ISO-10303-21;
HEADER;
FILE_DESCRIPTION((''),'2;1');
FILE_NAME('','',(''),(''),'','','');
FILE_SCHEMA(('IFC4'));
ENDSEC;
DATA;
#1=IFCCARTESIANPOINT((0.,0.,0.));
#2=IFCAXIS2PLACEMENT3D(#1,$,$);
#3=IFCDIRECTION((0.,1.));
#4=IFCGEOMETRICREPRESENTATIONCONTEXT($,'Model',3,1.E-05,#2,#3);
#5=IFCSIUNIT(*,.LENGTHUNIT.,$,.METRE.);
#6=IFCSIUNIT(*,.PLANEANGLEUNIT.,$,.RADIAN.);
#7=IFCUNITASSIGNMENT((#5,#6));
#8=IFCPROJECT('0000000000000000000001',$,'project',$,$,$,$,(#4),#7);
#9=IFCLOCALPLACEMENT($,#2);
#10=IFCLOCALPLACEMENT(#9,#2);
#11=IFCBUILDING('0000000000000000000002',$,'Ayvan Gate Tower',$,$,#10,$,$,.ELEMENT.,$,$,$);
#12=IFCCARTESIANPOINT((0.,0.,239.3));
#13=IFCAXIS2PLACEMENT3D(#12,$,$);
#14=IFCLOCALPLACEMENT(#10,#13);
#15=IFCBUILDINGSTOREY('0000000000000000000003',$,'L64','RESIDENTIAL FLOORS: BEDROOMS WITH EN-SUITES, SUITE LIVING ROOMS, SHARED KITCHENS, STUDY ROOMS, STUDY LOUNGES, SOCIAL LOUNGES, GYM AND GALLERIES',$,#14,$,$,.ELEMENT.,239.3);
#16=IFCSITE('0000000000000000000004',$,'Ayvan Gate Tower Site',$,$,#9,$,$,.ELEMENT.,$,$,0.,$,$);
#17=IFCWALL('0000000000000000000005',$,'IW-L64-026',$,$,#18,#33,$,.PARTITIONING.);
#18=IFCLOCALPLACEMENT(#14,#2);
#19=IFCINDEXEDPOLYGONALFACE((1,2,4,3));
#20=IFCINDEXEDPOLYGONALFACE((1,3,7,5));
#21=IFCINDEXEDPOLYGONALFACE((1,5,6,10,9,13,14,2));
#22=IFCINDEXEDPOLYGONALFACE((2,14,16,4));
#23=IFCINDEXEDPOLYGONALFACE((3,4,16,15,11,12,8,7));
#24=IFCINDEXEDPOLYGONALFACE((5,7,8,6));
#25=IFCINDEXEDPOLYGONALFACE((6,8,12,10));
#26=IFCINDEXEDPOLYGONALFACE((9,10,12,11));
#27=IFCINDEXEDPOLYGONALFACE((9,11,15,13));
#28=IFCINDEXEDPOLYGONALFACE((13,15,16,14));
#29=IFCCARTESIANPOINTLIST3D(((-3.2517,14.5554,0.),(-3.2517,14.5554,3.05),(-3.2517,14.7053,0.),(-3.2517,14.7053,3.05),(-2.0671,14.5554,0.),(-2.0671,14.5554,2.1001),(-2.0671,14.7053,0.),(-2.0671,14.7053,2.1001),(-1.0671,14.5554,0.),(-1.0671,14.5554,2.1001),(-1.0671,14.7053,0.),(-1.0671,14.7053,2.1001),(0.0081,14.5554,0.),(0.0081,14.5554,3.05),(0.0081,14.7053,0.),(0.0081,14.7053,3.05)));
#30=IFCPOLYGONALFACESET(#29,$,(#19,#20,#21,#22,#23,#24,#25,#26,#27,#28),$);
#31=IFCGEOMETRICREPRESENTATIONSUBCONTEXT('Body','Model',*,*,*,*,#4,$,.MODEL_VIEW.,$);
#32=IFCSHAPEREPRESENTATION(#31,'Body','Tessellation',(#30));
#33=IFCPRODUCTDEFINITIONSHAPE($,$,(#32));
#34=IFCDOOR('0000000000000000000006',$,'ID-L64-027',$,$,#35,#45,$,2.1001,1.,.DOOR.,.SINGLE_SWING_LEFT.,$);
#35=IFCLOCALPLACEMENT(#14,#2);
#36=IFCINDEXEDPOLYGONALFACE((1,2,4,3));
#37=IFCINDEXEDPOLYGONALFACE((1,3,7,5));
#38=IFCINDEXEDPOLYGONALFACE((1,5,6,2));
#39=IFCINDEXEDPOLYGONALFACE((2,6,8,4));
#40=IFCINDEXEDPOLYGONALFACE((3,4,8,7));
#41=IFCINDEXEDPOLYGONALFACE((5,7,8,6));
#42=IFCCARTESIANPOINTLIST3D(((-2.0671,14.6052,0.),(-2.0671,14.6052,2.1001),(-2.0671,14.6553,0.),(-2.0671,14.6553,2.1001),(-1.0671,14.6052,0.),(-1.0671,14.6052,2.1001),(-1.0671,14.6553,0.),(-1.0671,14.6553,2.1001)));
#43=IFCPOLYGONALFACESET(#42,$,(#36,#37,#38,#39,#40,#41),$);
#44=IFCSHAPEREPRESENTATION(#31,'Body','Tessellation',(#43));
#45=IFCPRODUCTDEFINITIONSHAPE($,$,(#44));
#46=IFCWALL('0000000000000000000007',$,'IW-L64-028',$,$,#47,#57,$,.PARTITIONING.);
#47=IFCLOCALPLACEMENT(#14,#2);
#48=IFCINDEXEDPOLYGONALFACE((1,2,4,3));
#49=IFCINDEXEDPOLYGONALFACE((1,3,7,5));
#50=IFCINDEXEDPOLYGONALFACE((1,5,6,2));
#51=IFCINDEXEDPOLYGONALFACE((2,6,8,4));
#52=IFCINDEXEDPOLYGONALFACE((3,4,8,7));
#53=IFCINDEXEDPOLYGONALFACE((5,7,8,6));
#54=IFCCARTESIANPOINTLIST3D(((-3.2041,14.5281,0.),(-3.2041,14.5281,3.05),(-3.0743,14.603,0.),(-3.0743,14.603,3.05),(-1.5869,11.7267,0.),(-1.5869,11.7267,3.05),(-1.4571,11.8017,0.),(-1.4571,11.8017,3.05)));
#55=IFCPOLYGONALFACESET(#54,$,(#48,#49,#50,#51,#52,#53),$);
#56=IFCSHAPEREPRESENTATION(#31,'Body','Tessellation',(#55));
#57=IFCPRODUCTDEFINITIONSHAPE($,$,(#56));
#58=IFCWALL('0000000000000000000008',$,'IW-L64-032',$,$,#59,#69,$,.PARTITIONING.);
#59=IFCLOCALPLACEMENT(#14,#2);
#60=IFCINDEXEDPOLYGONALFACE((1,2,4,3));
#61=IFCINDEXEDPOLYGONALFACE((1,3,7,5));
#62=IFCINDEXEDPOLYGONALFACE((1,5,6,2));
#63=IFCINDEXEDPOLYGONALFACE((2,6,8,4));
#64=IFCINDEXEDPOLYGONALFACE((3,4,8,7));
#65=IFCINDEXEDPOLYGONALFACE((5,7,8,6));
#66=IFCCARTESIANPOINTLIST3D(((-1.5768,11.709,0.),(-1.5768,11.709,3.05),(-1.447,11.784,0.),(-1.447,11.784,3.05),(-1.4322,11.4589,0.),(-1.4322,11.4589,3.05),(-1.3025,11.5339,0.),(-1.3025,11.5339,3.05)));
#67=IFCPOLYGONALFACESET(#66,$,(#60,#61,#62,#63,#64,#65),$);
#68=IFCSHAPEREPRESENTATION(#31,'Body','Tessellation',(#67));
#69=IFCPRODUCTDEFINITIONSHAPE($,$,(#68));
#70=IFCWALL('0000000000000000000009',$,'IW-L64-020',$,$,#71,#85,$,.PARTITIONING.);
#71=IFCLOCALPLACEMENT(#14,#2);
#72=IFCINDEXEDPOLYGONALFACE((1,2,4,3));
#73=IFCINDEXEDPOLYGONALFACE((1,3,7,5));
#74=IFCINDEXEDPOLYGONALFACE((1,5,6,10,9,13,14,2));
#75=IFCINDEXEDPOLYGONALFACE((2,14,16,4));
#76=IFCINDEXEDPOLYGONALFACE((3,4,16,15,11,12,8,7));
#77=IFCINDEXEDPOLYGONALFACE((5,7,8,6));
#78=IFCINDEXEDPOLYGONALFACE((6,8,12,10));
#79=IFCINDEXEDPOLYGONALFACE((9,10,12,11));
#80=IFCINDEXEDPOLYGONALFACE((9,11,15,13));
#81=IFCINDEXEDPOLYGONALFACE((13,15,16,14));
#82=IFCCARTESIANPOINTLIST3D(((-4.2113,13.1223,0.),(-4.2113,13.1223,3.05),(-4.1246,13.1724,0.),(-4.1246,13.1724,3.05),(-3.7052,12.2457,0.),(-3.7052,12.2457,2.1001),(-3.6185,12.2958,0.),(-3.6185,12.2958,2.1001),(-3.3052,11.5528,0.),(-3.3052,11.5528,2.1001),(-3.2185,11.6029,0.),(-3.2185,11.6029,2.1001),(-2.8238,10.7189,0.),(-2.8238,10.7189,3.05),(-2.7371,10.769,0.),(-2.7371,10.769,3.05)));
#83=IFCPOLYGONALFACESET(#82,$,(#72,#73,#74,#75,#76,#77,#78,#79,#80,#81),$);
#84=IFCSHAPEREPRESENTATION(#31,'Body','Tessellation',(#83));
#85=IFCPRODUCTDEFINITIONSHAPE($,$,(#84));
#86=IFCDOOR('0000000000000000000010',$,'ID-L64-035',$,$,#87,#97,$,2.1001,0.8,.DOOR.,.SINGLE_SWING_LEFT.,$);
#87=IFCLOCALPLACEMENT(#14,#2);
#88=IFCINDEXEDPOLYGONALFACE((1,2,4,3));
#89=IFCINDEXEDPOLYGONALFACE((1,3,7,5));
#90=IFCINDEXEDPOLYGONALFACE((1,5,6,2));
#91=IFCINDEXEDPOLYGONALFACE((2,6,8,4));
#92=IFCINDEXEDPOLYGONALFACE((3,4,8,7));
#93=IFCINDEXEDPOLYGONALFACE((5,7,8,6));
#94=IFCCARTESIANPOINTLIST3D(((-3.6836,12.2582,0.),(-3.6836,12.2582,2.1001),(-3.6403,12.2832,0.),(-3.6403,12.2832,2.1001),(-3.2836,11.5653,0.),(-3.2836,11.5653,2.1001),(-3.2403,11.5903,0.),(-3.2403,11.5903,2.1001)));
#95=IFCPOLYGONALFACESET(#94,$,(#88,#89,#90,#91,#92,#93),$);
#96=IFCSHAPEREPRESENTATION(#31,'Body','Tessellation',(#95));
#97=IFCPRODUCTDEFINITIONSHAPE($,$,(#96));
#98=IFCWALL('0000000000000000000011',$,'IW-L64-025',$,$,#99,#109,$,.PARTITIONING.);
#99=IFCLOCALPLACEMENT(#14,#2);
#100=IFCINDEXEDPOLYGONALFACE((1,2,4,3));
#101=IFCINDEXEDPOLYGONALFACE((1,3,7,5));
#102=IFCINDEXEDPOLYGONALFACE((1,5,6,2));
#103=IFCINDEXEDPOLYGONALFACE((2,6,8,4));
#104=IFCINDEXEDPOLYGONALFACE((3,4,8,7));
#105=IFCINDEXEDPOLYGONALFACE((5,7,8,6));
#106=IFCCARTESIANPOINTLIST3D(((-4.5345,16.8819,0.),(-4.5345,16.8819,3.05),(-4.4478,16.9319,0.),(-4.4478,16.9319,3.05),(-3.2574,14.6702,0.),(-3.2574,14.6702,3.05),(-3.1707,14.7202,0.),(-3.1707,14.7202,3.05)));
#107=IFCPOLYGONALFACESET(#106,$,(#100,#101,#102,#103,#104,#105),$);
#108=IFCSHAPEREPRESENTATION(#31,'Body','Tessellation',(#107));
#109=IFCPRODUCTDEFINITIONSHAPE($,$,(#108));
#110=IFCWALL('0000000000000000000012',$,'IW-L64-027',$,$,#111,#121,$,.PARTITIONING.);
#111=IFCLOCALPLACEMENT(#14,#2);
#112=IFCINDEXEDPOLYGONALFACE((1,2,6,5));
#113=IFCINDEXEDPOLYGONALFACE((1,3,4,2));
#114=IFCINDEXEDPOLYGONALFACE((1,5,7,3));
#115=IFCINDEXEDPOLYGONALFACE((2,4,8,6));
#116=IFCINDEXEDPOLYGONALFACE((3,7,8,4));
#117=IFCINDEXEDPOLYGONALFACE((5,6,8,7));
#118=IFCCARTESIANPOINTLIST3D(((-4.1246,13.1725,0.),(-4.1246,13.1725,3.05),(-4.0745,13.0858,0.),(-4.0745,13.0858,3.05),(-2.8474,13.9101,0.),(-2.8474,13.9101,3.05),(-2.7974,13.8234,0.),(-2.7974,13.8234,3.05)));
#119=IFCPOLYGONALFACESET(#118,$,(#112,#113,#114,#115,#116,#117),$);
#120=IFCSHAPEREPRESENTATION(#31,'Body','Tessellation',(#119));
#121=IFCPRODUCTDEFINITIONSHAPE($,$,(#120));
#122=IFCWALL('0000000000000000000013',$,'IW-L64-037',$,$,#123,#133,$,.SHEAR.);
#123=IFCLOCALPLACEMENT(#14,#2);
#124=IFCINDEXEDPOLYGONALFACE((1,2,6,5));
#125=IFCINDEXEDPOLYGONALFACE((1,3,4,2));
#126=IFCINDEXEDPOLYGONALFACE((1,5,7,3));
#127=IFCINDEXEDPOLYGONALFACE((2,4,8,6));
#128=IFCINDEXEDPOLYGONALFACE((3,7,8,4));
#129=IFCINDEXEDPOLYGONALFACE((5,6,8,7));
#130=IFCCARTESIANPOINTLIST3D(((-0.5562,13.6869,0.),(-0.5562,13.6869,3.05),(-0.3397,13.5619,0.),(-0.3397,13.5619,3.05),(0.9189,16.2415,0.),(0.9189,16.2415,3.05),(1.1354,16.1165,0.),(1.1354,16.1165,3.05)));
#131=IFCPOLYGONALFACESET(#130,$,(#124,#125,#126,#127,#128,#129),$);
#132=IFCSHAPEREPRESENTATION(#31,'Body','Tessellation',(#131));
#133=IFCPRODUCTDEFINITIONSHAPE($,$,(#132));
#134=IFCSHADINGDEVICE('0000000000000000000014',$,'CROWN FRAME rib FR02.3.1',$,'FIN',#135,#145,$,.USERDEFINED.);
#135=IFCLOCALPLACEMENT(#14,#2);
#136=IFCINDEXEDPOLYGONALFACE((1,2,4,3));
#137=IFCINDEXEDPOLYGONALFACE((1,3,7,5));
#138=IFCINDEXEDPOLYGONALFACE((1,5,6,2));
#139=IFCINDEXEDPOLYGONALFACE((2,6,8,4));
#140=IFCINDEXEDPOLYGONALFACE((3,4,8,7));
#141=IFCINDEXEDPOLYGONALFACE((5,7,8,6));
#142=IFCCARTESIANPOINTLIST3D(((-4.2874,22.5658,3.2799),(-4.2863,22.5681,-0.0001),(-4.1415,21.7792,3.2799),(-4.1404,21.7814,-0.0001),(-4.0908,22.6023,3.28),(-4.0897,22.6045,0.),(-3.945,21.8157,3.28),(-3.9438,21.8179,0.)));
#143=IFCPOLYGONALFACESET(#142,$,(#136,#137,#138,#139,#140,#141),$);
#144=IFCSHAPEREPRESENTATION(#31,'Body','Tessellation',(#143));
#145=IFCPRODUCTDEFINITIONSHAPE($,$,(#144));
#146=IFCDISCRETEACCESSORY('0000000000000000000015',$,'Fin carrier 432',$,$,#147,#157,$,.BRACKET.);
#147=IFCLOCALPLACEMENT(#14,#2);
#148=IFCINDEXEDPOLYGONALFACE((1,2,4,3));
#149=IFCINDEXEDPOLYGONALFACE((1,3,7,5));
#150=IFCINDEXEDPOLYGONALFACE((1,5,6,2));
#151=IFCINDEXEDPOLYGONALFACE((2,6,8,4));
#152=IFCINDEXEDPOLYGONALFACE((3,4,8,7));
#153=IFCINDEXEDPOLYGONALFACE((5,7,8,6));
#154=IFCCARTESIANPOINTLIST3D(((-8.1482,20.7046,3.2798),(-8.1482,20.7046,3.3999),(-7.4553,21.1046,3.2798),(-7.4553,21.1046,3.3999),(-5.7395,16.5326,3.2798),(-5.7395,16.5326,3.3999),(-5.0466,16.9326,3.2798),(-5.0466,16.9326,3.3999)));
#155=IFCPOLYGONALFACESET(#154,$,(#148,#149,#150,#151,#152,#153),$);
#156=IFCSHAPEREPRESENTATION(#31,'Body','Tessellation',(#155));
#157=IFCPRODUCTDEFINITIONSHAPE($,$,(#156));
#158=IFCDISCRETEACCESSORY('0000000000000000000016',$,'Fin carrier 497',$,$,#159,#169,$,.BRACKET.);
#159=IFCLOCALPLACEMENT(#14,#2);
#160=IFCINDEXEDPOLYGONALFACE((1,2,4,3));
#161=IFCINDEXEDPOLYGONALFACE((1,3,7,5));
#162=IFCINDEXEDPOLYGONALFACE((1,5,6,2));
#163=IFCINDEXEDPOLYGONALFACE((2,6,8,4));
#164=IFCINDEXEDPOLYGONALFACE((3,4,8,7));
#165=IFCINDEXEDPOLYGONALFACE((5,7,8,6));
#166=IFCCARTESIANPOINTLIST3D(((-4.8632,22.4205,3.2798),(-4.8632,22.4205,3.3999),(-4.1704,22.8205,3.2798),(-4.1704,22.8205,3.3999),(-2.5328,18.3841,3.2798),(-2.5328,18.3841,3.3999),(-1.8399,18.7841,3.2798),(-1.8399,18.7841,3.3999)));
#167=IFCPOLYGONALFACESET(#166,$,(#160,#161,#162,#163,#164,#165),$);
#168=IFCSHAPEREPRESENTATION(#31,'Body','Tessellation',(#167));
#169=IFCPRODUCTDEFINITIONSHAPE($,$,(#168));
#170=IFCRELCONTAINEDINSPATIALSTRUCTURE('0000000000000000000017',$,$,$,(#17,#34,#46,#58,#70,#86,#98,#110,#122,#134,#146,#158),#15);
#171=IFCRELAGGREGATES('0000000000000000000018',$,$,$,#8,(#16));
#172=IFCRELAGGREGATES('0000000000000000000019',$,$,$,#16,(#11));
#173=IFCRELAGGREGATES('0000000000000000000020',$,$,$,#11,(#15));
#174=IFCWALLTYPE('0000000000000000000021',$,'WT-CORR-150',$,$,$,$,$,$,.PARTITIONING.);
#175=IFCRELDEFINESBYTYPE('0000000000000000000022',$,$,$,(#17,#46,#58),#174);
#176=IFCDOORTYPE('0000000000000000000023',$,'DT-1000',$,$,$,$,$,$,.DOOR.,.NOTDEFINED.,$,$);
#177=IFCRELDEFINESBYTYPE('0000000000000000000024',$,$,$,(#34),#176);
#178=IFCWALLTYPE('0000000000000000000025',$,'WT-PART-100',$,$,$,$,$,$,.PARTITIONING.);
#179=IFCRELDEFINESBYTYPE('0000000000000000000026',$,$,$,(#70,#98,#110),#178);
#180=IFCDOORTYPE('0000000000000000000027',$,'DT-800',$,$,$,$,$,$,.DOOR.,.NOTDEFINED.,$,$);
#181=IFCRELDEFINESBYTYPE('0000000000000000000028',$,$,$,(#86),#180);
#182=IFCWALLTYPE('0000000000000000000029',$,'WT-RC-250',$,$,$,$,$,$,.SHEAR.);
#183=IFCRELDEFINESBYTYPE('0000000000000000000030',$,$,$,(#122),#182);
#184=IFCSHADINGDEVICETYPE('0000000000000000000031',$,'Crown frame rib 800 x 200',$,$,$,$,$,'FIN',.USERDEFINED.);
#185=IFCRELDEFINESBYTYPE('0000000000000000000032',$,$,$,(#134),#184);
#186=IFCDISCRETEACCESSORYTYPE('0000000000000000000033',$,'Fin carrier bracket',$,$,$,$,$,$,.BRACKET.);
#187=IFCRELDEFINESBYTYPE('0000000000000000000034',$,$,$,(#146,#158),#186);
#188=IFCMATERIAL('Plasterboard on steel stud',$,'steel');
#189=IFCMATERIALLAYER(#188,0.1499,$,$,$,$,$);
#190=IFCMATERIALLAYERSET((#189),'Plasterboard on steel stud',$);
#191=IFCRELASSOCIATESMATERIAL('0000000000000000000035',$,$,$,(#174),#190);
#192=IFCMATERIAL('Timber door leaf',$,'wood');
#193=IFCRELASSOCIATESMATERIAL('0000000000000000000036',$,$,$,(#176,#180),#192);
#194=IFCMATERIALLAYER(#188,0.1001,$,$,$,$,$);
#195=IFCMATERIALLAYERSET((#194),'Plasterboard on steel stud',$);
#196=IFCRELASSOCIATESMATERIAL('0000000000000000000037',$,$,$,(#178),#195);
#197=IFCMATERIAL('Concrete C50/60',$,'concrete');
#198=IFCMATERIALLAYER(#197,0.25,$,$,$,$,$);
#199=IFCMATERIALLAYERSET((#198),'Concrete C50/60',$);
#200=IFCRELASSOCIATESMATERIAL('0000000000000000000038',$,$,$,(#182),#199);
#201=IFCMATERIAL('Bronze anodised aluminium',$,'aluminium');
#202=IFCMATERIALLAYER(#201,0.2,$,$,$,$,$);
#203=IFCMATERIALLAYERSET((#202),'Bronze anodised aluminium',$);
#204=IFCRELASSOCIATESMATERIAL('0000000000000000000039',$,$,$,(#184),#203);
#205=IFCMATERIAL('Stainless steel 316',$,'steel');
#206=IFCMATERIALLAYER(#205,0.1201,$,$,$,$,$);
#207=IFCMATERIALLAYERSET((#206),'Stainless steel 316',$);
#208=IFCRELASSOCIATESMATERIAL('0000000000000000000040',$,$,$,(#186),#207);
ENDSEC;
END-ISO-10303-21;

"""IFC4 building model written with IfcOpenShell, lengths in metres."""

from ifc_helpers import new_model, si_unit, direction, frame, frame_2d, origin, origin_2d, place, context, subcontext, project, spatial, polyline, rectangle, outline, extrude, material, layer, layer_set, type_object, element, fill, save


model = new_model("IFC4")

# Units and contexts
model_context = context("Model", 3, precision=1e-05, world=origin(), true_north=direction((0.0, 1.0)))
body_context = subcontext(model_context, "Body", "Model", "MODEL_VIEW")
ifc_project = project(units=[si_unit("LENGTHUNIT", "METRE"), si_unit("PLANEANGLEUNIT", "RADIAN")], contexts=[model_context])

# Site, building, storey
site_placement = place(None, origin())
site = spatial("IfcSite", under=ifc_project, at=site_placement, Name="Ayvan Gate Tower Site", CompositionType="ELEMENT", RefElevation=0.0)
building_placement = place(site_placement, origin())
building = spatial("IfcBuilding", under=site, at=building_placement, Name="Ayvan Gate Tower", CompositionType="ELEMENT")
storey_placement = place(building_placement, frame((0.0, 0.0, 239.3)))
storey = spatial("IfcBuildingStorey", under=building, at=storey_placement, Name="L64", Description="RESIDENTIAL FLOORS: BEDROOMS WITH EN-SUITES, SUITE LIVING ROOMS, SHARED KITCHENS, STUDY ROOMS, STUDY LOUNGES, SOCIAL LOUNGES, GYM AND GALLERIES", CompositionType="ELEMENT", Elevation=239.3)

# Shared definitions
ifc_material_1 = material(Name="Concrete C50/60", Category="concrete")

# Shared definitions
ifc_material_2 = material(Name="Bronze anodised aluminium", Category="aluminium")

# Wall, opening, door
ifc_material_3 = material(Name="Plasterboard on steel stud", Category="steel")
ifc_layer_1 = layer(ifc_material_3, 0.1499)
ifc_layer_set_1 = layer_set([ifc_layer_1], Name="Plasterboard on steel stud")
wall_type_1 = type_object("IfcWallType", Name="WT-CORR-150", PredefinedType="PARTITIONING", material=ifc_layer_set_1)
wall_1_placement = place(storey_placement, frame((-3.2517, 14.6304, 0.0), z_axis=(0.0, 0.0, 1.0), x_axis=(1.0, 0.0, 0.0)))
wall_1 = element("IfcWall", 1, at=wall_1_placement, inside=storey, type_object=wall_type_1, Name="IW-L64-026", PredefinedType="PARTITIONING", context=body_context, shape_type="SweptSolid", body=[
    extrude(rectangle(XDim=3.2598, YDim=0.1499, at=frame_2d((1.6299, 0.0))), origin(), (0.0, 0.0, 1.0), 3.05),
])
opening_1_placement = place(wall_1_placement, frame((1.1846, 0.0, 0.0)))
opening_1 = element("IfcOpeningElement", 2, at=opening_1_placement, cuts=wall_1, PredefinedType="OPENING", context=body_context, shape_type="SweptSolid", body=[
    extrude(rectangle(XDim=1.0, YDim=2.1001, at=frame_2d((0.5, 1.05))), frame((0.0, 0.085, 0.0), z_axis=(0.0, -1.0, 0.0), x_axis=(1.0, 0.0, 0.0)), (0.0, 0.0, 1.0), 0.1699),
])
ifc_material_4 = material(Name="Timber door leaf", Category="wood")
door_type_1 = type_object("IfcDoorType", Name="DT-1000", OperationType="NOTDEFINED", PredefinedType="DOOR", material=ifc_material_4)
door_1_placement = place(opening_1_placement, origin())
door_1 = element("IfcDoor", 3, at=door_1_placement, inside=storey, type_object=door_type_1, Name="ID-L64-027", OperationType="SINGLE_SWING_LEFT", OverallHeight=2.1001, OverallWidth=1.0, PredefinedType="DOOR", context=body_context, shape_type="SweptSolid", body=[
    extrude(rectangle(XDim=1.0, YDim=2.1001, at=frame_2d((0.5, 1.05))), frame((0.0, 0.0249, 0.0), z_axis=(0.0, -1.0, 0.0), x_axis=(1.0, 0.0, 0.0)), (0.0, 0.0, 1.0), 0.05),
])
fill(opening_1, door_1)

# Walls
wall_2_placement = place(storey_placement, frame((-3.1392, 14.5654, 0.0), z_axis=(0.0, 0.0, 1.0), x_axis=(0.499971, -0.866042, 0.0)))
element("IfcWall", 4, at=wall_2_placement, inside=storey, type_object=wall_type_1, Name="IW-L64-028", PredefinedType="PARTITIONING", context=body_context, shape_type="SweptSolid", body=[
    extrude(rectangle(XDim=3.2346, YDim=0.1499, at=frame_2d((1.6172, 0.0))), origin(), (0.0, 0.0, 1.0), 3.05),
])
wall_3_placement = place(storey_placement, frame((-1.512, 11.7466, 0.0), z_axis=(0.0, 0.0, 1.0), x_axis=(0.500503, -0.865735, 0.0)))
element("IfcWall", 5, at=wall_3_placement, inside=storey, type_object=wall_type_1, Name="IW-L64-032", PredefinedType="PARTITIONING", context=body_context, shape_type="SweptSolid", body=[
    extrude(rectangle(XDim=0.2888, YDim=0.1499, at=frame_2d((0.1445, 0.0))), origin(), (0.0, 0.0, 1.0), 3.05),
])

# Wall, opening, door
ifc_layer_2 = layer(ifc_material_3, 0.1001)
ifc_layer_set_2 = layer_set([ifc_layer_2], Name="Plasterboard on steel stud")
wall_type_2 = type_object("IfcWallType", Name="WT-PART-100", PredefinedType="PARTITIONING", material=ifc_layer_set_2)
wall_4_placement = place(storey_placement, frame((-4.168, 13.1475, 0.0), z_axis=(0.0, 0.0, 1.0), x_axis=(0.499971, -0.866042, 0.0)))
wall_4 = element("IfcWall", 6, at=wall_4_placement, inside=storey, type_object=wall_type_2, Name="IW-L64-020", PredefinedType="PARTITIONING", context=body_context, shape_type="SweptSolid", body=[
    extrude(rectangle(XDim=2.7751, YDim=0.1001, at=frame_2d((1.3877, 0.0))), origin(), (0.0, 0.0, 1.0), 3.05),
])
opening_2_placement = place(wall_4_placement, frame((1.0125, 0.0, 0.0)))
opening_2 = element("IfcOpeningElement", 7, at=opening_2_placement, cuts=wall_4, PredefinedType="OPENING", context=body_context, shape_type="SweptSolid", body=[
    extrude(rectangle(XDim=0.8, YDim=2.1001, at=frame_2d((0.3999, 1.05))), frame((0.0, 0.0601, 0.0), z_axis=(0.0, -1.0, 0.0), x_axis=(1.0, 0.0, 0.0)), (0.0, 0.0, 1.0), 0.1201),
])
door_type_2 = type_object("IfcDoorType", Name="DT-800", OperationType="NOTDEFINED", PredefinedType="DOOR", material=ifc_material_4)
door_2_placement = place(opening_2_placement, origin())
door_2 = element("IfcDoor", 8, at=door_2_placement, inside=storey, type_object=door_type_2, Name="ID-L64-035", OperationType="SINGLE_SWING_LEFT", OverallHeight=2.1001, OverallWidth=0.8, PredefinedType="DOOR", context=body_context, shape_type="SweptSolid", body=[
    extrude(rectangle(XDim=0.8, YDim=2.1001, at=frame_2d((0.3999, 1.05))), frame((0.0, 0.0249, 0.0), z_axis=(0.0, -1.0, 0.0), x_axis=(1.0, 0.0, 0.0)), (0.0, 0.0, 1.0), 0.05),
])
fill(opening_2, door_2)

# Walls
wall_5_placement = place(storey_placement, frame((-3.2141, 14.6953, 0.0), z_axis=(0.0, 0.0, 1.0), x_axis=(-0.500056, 0.865993, 0.0)))
element("IfcWall", 9, at=wall_5_placement, inside=storey, type_object=wall_type_2, Name="IW-L64-025", PredefinedType="PARTITIONING", context=body_context, shape_type="SweptSolid", body=[
    extrude(rectangle(XDim=2.554, YDim=0.1001, at=frame_2d((1.2769, 0.0))), origin(), (0.0, 0.0, 1.0), 3.05),
])
wall_6_placement = place(storey_placement, frame((-2.8225, 13.8667, 0.0), z_axis=(0.0, 0.0, 1.0), x_axis=(-0.865962, -0.500109, 0.0)))
element("IfcWall", 10, at=wall_6_placement, inside=storey, type_object=wall_type_2, Name="IW-L64-027", PredefinedType="PARTITIONING", context=body_context, shape_type="SweptSolid", body=[
    extrude(rectangle(XDim=1.4749, YDim=0.1001, at=frame_2d((0.7373, 0.0))), origin(), (0.0, 0.0, 1.0), 3.05),
])
ifc_layer_3 = layer(ifc_material_1, 0.25)
ifc_layer_set_3 = layer_set([ifc_layer_3], Name="Concrete C50/60")
wall_type_3 = type_object("IfcWallType", Name="WT-RC-250", PredefinedType="SHEAR", material=ifc_layer_set_3)
wall_7_placement = place(storey_placement, frame((-0.448, 13.6243, 0.0), z_axis=(0.0, 0.0, 1.0), x_axis=(0.500038, 0.866004, 0.0)))
element("IfcWall", 11, at=wall_7_placement, inside=storey, type_object=wall_type_3, Name="IW-L64-037", PredefinedType="SHEAR", context=body_context, shape_type="SweptSolid", body=[
    extrude(rectangle(XDim=2.95, YDim=0.25, at=frame_2d((1.4751, 0.0))), origin(), (0.0, 0.0, 1.0), 3.05),
])

# Shading device
ifc_layer_4 = layer(ifc_material_2, 0.2)
ifc_layer_set_4 = layer_set([ifc_layer_4], Name="Bronze anodised aluminium")
shading_device_type = type_object("IfcShadingDeviceType", Name="Crown frame rib 800 x 200", ElementType="FIN", PredefinedType="USERDEFINED", material=ifc_layer_set_4)
shading_device_placement = place(storey_placement, frame((-3.9438, 21.8179, 0.0), z_axis=(0.983236, 0.182335, 0.000451), x_axis=(-0.182335, 0.983236, 0.0)))
element("IfcShadingDevice", 12, at=shading_device_placement, inside=storey, type_object=shading_device_type, Name="CROWN FRAME rib FR02.3.1", ObjectType="FIN", PredefinedType="USERDEFINED", context=body_context, shape_type="SweptSolid", body=[
    extrude(outline(polyline([(0.0, 0.0), (0.8001, 0.0), (0.7981, 3.28), (-0.0019, 3.28), (0.0, 0.0)])), origin(), (0.0, 0.0, -1.0), 0.2),
])

# Discrete accessories
ifc_material_5 = material(Name="Stainless steel 316", Category="steel")
ifc_layer_5 = layer(ifc_material_5, 0.1201)
ifc_layer_set_5 = layer_set([ifc_layer_5], Name="Stainless steel 316")
discrete_accessory_type = type_object("IfcDiscreteAccessoryType", Name="Fin carrier bracket", PredefinedType="BRACKET", material=ifc_layer_set_5)
discrete_accessory_1_placement = place(storey_placement, frame((-6.5974, 18.8186, 3.2798), z_axis=(0.0, 0.0, 1.0), x_axis=(-0.866025, -0.5, 0.0)))
element("IfcDiscreteAccessory", 13, at=discrete_accessory_1_placement, inside=storey, type_object=discrete_accessory_type, Name="Fin carrier 432", PredefinedType="BRACKET", context=body_context, shape_type="SweptSolid", body=[
    extrude(rectangle(XDim=0.8, YDim=4.8174, at=origin_2d()), origin(), (0.0, 0.0, 1.0), 0.1201),
])
discrete_accessory_2_placement = place(storey_placement, frame((-3.3516, 20.6023, 3.2798), z_axis=(0.0, 0.0, 1.0), x_axis=(-0.866025, -0.5, 0.0)))
element("IfcDiscreteAccessory", 14, at=discrete_accessory_2_placement, inside=storey, type_object=discrete_accessory_type, Name="Fin carrier 497", PredefinedType="BRACKET", context=body_context, shape_type="SweptSolid", body=[
    extrude(rectangle(XDim=0.8, YDim=4.6609, at=origin_2d()), origin(), (0.0, 0.0, 1.0), 0.1201),
])

save(model, "model.ifc")
